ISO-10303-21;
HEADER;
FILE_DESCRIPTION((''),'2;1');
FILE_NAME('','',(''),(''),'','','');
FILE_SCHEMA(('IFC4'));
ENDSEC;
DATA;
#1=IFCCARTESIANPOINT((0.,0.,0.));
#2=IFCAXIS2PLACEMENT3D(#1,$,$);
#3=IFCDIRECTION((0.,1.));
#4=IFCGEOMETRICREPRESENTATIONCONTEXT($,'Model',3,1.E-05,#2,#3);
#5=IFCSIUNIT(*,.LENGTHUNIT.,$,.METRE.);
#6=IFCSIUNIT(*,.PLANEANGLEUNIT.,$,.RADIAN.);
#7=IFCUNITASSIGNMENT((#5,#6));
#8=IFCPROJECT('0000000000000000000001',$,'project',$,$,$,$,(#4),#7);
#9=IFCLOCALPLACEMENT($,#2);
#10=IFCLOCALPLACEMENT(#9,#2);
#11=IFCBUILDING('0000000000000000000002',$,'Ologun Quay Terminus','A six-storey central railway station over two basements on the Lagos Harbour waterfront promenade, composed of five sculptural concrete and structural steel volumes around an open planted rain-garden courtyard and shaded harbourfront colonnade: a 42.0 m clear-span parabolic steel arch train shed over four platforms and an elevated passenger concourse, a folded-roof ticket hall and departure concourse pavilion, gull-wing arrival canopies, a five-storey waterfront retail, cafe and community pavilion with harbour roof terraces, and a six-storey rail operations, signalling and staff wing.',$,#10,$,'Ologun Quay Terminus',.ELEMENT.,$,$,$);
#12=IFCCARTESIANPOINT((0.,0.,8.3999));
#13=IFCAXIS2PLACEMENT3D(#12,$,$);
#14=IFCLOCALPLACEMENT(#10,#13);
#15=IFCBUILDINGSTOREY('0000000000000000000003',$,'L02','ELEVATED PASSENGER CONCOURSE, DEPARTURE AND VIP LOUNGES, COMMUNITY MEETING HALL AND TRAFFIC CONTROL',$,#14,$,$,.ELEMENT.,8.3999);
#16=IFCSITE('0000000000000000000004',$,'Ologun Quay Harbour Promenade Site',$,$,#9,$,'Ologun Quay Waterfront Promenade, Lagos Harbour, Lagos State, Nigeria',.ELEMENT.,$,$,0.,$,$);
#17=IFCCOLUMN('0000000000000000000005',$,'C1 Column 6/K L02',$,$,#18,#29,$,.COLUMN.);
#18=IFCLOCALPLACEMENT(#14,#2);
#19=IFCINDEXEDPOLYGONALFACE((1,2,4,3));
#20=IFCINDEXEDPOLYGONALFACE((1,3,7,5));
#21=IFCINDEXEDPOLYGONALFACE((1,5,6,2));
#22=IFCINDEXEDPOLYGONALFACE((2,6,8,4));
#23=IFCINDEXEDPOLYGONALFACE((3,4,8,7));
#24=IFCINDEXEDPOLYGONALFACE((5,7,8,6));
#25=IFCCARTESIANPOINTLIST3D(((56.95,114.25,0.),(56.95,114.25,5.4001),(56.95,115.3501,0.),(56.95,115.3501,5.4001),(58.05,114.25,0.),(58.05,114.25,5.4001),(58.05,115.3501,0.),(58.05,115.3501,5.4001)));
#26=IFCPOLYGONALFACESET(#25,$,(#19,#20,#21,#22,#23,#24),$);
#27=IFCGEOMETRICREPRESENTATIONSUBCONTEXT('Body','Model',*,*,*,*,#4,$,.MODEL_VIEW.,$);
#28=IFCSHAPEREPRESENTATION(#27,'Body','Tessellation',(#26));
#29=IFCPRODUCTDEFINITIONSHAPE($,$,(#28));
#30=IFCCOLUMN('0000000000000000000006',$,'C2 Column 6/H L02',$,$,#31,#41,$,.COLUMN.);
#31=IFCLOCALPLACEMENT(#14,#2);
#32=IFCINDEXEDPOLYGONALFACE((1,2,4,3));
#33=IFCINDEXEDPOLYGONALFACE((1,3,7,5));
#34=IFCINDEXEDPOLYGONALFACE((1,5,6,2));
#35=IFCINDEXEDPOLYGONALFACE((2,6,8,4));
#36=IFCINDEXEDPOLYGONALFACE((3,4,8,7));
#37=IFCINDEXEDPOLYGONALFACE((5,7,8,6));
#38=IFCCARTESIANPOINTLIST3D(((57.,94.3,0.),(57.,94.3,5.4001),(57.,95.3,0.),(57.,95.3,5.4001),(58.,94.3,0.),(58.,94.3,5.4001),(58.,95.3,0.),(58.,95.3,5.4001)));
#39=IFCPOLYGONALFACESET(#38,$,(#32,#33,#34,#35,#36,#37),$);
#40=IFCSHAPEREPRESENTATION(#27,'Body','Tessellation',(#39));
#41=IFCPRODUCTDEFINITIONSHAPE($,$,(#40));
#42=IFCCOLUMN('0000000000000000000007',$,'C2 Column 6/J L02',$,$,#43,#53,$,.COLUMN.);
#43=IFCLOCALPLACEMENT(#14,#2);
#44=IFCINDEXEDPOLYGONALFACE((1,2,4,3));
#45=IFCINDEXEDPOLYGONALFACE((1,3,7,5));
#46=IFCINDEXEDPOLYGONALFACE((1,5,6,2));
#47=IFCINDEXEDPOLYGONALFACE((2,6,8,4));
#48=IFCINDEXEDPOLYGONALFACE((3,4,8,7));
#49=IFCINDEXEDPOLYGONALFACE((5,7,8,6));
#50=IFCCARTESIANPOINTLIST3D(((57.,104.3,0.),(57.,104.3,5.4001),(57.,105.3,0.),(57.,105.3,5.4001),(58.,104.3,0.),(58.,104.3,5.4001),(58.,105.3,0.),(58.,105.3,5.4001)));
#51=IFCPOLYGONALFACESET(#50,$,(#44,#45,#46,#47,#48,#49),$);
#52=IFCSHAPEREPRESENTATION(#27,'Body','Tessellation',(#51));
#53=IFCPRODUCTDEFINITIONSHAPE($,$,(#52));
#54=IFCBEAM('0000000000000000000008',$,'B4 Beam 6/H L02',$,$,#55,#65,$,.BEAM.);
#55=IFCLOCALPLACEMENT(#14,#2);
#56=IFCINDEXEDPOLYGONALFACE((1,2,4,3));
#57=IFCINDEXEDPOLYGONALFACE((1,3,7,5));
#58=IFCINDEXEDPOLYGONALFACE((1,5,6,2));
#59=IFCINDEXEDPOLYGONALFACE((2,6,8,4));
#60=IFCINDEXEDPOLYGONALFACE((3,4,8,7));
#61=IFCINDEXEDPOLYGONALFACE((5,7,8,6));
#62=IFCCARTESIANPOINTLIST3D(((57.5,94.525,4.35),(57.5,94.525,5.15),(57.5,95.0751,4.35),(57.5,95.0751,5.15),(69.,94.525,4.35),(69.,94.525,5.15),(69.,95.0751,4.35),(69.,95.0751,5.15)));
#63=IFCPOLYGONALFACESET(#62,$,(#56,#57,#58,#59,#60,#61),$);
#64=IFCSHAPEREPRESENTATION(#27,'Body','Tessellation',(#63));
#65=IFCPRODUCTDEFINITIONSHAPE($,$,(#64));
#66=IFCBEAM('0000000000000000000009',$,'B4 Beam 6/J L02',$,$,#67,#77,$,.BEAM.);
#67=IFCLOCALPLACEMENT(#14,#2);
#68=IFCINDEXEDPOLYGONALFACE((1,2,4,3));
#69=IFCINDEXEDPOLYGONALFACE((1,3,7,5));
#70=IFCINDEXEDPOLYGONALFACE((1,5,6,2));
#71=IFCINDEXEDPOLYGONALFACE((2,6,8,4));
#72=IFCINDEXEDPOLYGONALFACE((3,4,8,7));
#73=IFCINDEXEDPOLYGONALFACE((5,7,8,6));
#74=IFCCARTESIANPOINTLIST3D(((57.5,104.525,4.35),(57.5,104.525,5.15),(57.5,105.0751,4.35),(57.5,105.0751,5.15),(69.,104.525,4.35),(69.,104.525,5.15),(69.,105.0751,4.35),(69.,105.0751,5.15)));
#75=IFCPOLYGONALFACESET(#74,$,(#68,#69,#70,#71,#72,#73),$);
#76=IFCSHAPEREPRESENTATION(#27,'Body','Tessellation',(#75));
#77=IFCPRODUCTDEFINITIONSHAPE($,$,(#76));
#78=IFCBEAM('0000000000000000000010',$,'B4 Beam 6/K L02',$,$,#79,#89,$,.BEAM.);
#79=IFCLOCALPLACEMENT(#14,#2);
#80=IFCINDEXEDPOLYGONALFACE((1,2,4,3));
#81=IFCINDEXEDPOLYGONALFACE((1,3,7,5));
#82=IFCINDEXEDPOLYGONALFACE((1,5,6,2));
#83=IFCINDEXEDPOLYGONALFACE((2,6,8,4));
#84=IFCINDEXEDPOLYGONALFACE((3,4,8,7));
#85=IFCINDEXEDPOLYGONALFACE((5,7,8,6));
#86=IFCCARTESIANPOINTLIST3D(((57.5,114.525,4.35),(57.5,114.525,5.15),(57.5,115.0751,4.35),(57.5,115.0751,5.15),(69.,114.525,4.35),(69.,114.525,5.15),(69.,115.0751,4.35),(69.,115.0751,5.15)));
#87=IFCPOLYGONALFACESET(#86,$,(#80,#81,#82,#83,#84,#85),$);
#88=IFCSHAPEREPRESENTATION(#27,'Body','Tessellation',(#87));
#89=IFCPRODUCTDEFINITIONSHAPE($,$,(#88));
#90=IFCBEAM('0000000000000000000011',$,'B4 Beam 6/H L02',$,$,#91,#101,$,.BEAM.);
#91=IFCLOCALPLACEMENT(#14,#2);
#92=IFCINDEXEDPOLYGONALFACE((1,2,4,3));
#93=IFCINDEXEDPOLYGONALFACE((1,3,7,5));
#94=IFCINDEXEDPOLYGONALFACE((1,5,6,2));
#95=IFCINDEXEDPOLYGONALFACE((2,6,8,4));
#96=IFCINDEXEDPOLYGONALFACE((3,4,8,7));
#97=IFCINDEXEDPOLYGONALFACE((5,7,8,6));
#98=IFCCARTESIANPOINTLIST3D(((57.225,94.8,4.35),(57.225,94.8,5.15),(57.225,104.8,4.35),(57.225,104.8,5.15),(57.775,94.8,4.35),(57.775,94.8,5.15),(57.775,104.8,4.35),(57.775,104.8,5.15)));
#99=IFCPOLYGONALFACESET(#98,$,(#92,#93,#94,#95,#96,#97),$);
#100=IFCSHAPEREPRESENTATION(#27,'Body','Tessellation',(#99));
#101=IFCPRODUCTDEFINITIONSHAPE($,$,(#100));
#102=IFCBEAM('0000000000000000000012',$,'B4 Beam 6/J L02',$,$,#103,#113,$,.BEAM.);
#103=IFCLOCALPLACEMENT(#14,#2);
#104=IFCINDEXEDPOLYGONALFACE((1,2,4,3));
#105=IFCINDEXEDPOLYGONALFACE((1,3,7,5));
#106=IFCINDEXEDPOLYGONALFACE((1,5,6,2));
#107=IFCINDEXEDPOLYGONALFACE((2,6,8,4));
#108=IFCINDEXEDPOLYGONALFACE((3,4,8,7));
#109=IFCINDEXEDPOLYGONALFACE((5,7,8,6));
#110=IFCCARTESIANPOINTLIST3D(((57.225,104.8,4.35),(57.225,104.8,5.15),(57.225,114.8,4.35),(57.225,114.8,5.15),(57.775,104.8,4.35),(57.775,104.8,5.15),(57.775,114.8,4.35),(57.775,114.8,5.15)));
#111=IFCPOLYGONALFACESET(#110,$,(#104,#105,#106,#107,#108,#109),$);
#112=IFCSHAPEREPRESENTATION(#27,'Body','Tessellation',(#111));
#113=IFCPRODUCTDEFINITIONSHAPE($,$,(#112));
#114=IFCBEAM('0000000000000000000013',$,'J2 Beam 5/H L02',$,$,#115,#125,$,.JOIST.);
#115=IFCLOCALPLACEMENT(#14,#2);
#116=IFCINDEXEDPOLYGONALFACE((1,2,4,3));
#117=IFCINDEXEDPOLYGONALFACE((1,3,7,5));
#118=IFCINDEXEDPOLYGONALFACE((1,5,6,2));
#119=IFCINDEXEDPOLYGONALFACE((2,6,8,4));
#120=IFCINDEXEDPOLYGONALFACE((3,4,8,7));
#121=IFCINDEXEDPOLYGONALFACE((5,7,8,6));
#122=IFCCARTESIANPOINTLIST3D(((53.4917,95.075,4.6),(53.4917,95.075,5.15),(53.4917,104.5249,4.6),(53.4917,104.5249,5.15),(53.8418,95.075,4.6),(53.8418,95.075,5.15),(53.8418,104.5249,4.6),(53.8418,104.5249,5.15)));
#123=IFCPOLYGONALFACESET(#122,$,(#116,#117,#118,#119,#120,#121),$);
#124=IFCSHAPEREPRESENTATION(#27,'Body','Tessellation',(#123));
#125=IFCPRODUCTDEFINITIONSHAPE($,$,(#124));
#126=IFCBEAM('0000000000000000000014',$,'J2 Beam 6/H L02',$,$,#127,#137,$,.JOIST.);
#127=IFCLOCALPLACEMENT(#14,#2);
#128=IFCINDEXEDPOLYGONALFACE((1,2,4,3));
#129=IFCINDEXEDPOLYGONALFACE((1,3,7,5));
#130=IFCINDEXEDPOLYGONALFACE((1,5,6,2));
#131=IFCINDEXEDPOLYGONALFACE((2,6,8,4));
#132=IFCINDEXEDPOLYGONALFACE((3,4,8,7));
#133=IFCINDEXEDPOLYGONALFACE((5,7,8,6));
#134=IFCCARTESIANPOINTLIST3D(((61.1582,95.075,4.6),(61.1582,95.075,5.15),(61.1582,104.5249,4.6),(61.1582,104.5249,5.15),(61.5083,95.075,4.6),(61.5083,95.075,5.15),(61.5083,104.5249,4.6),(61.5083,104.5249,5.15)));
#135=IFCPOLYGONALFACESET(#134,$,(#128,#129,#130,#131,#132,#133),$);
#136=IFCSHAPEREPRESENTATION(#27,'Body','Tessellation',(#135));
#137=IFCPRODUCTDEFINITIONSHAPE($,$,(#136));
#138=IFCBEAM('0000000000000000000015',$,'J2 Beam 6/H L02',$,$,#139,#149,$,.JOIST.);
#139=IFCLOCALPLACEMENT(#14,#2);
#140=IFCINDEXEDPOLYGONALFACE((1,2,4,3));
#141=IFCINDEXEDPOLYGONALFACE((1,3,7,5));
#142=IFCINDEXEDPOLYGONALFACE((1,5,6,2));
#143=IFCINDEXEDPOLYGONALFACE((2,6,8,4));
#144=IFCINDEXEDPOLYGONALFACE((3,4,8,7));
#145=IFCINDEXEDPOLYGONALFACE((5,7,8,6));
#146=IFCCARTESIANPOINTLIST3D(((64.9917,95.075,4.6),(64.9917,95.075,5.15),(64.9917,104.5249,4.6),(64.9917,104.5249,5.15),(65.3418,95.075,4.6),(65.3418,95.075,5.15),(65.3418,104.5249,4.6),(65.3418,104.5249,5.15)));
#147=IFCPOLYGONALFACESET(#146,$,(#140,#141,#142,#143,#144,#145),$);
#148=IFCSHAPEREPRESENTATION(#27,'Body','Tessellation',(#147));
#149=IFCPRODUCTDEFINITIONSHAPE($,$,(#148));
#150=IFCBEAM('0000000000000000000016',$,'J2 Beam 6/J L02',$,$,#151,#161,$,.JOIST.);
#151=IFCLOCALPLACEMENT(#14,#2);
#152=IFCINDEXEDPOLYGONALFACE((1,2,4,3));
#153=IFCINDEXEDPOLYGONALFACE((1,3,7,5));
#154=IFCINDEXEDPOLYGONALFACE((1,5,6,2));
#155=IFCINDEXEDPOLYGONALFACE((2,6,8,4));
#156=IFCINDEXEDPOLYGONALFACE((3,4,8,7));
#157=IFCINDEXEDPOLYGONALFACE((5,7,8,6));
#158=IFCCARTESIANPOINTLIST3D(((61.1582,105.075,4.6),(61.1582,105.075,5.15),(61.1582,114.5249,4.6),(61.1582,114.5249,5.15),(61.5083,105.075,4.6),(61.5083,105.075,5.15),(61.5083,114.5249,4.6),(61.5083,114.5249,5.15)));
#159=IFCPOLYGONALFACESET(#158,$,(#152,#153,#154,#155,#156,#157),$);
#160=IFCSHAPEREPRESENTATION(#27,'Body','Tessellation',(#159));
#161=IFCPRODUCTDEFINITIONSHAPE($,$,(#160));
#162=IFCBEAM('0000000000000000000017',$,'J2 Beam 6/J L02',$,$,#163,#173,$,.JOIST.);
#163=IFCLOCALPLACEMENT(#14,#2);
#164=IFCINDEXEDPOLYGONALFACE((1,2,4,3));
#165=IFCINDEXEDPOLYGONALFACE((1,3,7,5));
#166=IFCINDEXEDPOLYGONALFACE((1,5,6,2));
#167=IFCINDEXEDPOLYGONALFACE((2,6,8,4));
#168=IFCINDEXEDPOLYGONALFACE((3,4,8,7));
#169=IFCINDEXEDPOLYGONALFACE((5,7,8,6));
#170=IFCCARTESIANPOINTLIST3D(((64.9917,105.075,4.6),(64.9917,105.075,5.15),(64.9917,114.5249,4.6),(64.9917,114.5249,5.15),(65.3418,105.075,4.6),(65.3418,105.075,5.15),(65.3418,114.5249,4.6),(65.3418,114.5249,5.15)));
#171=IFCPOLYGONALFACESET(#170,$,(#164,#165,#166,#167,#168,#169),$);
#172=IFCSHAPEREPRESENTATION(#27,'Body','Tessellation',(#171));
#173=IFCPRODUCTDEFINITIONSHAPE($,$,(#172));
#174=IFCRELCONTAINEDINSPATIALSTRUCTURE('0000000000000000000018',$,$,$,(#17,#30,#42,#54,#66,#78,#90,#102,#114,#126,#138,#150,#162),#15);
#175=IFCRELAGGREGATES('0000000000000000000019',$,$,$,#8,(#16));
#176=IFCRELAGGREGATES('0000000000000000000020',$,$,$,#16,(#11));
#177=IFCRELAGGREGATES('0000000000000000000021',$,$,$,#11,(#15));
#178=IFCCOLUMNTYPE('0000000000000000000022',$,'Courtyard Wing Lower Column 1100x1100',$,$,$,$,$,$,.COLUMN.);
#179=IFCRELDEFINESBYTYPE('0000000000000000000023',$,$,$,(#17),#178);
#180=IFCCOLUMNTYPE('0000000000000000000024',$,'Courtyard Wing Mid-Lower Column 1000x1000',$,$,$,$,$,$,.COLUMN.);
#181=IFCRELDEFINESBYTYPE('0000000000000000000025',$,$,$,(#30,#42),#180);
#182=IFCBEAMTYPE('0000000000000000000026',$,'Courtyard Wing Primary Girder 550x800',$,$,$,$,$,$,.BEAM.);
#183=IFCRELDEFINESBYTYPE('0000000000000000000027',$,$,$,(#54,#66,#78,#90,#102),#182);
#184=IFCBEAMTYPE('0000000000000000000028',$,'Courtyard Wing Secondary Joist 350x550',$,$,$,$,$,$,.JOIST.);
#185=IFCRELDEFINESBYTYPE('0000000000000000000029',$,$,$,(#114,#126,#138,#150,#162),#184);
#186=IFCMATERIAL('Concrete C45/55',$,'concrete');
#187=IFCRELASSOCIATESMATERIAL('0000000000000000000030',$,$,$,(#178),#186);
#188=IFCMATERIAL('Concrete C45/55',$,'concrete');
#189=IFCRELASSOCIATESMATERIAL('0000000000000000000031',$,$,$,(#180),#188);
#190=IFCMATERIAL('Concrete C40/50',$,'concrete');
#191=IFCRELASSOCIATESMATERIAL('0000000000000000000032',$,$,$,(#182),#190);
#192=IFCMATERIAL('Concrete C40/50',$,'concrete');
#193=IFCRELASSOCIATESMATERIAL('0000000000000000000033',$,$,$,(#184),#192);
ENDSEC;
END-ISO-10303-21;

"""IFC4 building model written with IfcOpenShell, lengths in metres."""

from ifc_helpers import new_model, si_unit, direction, frame, origin, origin_2d, place, context, subcontext, project, spatial, rectangle, extrude, material, material_profile, profile_set, type_object, element, save


model = new_model("IFC4")

# Units and contexts
model_context = context("Model", 3, precision=1e-05, world=origin(), true_north=direction((0.0, 1.0)))
body_context = subcontext(model_context, "Body", "Model", "MODEL_VIEW")
ifc_project = project(units=[si_unit("LENGTHUNIT", "METRE"), si_unit("PLANEANGLEUNIT", "RADIAN")], contexts=[model_context])

# Site, building, storey
site_placement = place(None, origin())
site = spatial("IfcSite", under=ifc_project, at=site_placement, Name="Ologun Quay Harbour Promenade Site", LongName="Ologun Quay Waterfront Promenade, Lagos Harbour, Lagos State, Nigeria", CompositionType="ELEMENT", RefElevation=0.0)
building_placement = place(site_placement, origin())
building = spatial("IfcBuilding", under=site, at=building_placement, Name="Ologun Quay Terminus", Description="A six-storey central railway station over two basements on the Lagos Harbour waterfront promenade, composed of five sculptural concrete and structural steel volumes around an open planted rain-garden courtyard and shaded harbourfront colonnade: a 42.0 m clear-span parabolic steel arch train shed over four platforms and an elevated passenger concourse, a folded-roof ticket hall and departure concourse pavilion, gull-wing arrival canopies, a five-storey waterfront retail, cafe and community pavilion with harbour roof terraces, and a six-storey rail operations, signalling and staff wing.", LongName="Ologun Quay Terminus", CompositionType="ELEMENT")
storey_placement = place(building_placement, frame((0.0, 0.0, 8.3999)))
storey = spatial("IfcBuildingStorey", under=building, at=storey_placement, Name="L02", Description="ELEVATED PASSENGER CONCOURSE, DEPARTURE AND VIP LOUNGES, COMMUNITY MEETING HALL AND TRAFFIC CONTROL", CompositionType="ELEMENT", Elevation=8.3999)

# Columns
ifc_material_1 = material(Name="Concrete C45/55", Category="concrete")
ifc_material_profile_1 = material_profile(ifc_material_1, rectangle(XDim=1.1001, YDim=1.1001, at=origin_2d()), Name="RC 1100x1100")
ifc_profile_set_1 = profile_set([ifc_material_profile_1], Name="Concrete C45/55")
column_type_1 = type_object("IfcColumnType", Name="Courtyard Wing Lower Column 1100x1100", PredefinedType="COLUMN", material=ifc_profile_set_1)
column_placement = place(storey_placement, frame((57.5, 114.8, 0.0), z_axis=(0.0, 0.0, 1.0), x_axis=(1.0, 0.0, 0.0)))
element("IfcColumn", 1, at=column_placement, inside=storey, type_object=column_type_1, Name="C1 Column 6/K L02", PredefinedType="COLUMN", context=body_context, shape_type="SweptSolid", body=[
    extrude(rectangle(XDim=1.1001, YDim=1.1001, at=origin_2d()), origin(), (0.0, 0.0, 1.0), 5.4001),
])
ifc_material_2 = material(Name="Concrete C45/55", Category="concrete")
ifc_material_profile_2 = material_profile(ifc_material_2, rectangle(XDim=1.0, YDim=1.0, at=origin_2d()), Name="RC 1000x1000")
ifc_profile_set_2 = profile_set([ifc_material_profile_2], Name="Concrete C45/55")
column_type_2 = type_object("IfcColumnType", Name="Courtyard Wing Mid-Lower Column 1000x1000", PredefinedType="COLUMN", material=ifc_profile_set_2)
for number, where, z_axis, x_axis, name in (
    (2, (57.5, 94.8, 0.0), (0.0, 0.0, 1.0), (1.0, 0.0, 0.0), "C2 Column 6/H L02"),
    (3, (57.5, 104.8, 0.0), (0.0, 0.0, 1.0), (1.0, 0.0, 0.0), "C2 Column 6/J L02"),
):
    element("IfcColumn", number, at=place(storey_placement, frame(where, z_axis=z_axis, x_axis=x_axis)), inside=storey, type_object=column_type_2, Name=name, PredefinedType="COLUMN", context=body_context, shape_type="SweptSolid", body=[
        extrude(rectangle(XDim=1.0, YDim=1.0, at=origin_2d()), origin(), (0.0, 0.0, 1.0), 5.4001),
    ])

# Beams
ifc_material_3 = material(Name="Concrete C40/50", Category="concrete")
ifc_material_profile_3 = material_profile(ifc_material_3, rectangle(XDim=0.55, YDim=0.8, at=origin_2d()), Name="RC 550x800")
ifc_profile_set_3 = profile_set([ifc_material_profile_3], Name="Concrete C40/50")
beam_type_1 = type_object("IfcBeamType", Name="Courtyard Wing Primary Girder 550x800", PredefinedType="BEAM", material=ifc_profile_set_3)
for number, where, z_axis, x_axis, name in (
    (4, (57.5, 94.8, 4.75), (1.0, 0.0, 0.0), (0.0, 1.0, 0.0), "B4 Beam 6/H L02"),
    (5, (57.5, 104.8, 4.75), (1.0, 0.0, 0.0), (0.0, 1.0, 0.0), "B4 Beam 6/J L02"),
    (6, (57.5, 114.8, 4.75), (1.0, 0.0, 0.0), (0.0, 1.0, 0.0), "B4 Beam 6/K L02"),
):
    element("IfcBeam", number, at=place(storey_placement, frame(where, z_axis=z_axis, x_axis=x_axis)), inside=storey, type_object=beam_type_1, Name=name, PredefinedType="BEAM", context=body_context, shape_type="SweptSolid", body=[
        extrude(rectangle(XDim=0.55, YDim=0.8, at=origin_2d()), origin(), (0.0, 0.0, 1.0), 11.5),
    ])
for number, where, z_axis, x_axis, name in (
    (7, (57.5, 94.8, 4.75), (0.0, 1.0, 0.0), (-1.0, 0.0, 0.0), "B4 Beam 6/H L02"),
    (8, (57.5, 104.8, 4.75), (0.0, 1.0, 0.0), (-1.0, 0.0, 0.0), "B4 Beam 6/J L02"),
):
    element("IfcBeam", number, at=place(storey_placement, frame(where, z_axis=z_axis, x_axis=x_axis)), inside=storey, type_object=beam_type_1, Name=name, PredefinedType="BEAM", context=body_context, shape_type="SweptSolid", body=[
        extrude(rectangle(XDim=0.55, YDim=0.8, at=origin_2d()), origin(), (0.0, 0.0, 1.0), 10.0),
    ])
ifc_material_4 = material(Name="Concrete C40/50", Category="concrete")
ifc_material_profile_4 = material_profile(ifc_material_4, rectangle(XDim=0.3501, YDim=0.55, at=origin_2d()), Name="RC 350x550")
ifc_profile_set_4 = profile_set([ifc_material_profile_4], Name="Concrete C40/50")
beam_type_2 = type_object("IfcBeamType", Name="Courtyard Wing Secondary Joist 350x550", PredefinedType="JOIST", material=ifc_profile_set_4)
for number, where, z_axis, x_axis, name in (
    (9, (53.6667, 95.075, 4.875), (0.0, 1.0, 0.0), (-1.0, 0.0, 0.0), "J2 Beam 5/H L02"),
    (10, (61.3333, 95.075, 4.875), (0.0, 1.0, 0.0), (-1.0, 0.0, 0.0), "J2 Beam 6/H L02"),
    (11, (65.1667, 95.075, 4.875), (0.0, 1.0, 0.0), (-1.0, 0.0, 0.0), "J2 Beam 6/H L02"),
    (12, (61.3333, 105.075, 4.875), (0.0, 1.0, 0.0), (-1.0, 0.0, 0.0), "J2 Beam 6/J L02"),
    (13, (65.1667, 105.075, 4.875), (0.0, 1.0, 0.0), (-1.0, 0.0, 0.0), "J2 Beam 6/J L02"),
):
    element("IfcBeam", number, at=place(storey_placement, frame(where, z_axis=z_axis, x_axis=x_axis)), inside=storey, type_object=beam_type_2, Name=name, PredefinedType="JOIST", context=body_context, shape_type="SweptSolid", body=[
        extrude(rectangle(XDim=0.3501, YDim=0.55, at=origin_2d()), origin(), (0.0, 0.0, 1.0), 9.45),
    ])

save(model, "model.ifc")
